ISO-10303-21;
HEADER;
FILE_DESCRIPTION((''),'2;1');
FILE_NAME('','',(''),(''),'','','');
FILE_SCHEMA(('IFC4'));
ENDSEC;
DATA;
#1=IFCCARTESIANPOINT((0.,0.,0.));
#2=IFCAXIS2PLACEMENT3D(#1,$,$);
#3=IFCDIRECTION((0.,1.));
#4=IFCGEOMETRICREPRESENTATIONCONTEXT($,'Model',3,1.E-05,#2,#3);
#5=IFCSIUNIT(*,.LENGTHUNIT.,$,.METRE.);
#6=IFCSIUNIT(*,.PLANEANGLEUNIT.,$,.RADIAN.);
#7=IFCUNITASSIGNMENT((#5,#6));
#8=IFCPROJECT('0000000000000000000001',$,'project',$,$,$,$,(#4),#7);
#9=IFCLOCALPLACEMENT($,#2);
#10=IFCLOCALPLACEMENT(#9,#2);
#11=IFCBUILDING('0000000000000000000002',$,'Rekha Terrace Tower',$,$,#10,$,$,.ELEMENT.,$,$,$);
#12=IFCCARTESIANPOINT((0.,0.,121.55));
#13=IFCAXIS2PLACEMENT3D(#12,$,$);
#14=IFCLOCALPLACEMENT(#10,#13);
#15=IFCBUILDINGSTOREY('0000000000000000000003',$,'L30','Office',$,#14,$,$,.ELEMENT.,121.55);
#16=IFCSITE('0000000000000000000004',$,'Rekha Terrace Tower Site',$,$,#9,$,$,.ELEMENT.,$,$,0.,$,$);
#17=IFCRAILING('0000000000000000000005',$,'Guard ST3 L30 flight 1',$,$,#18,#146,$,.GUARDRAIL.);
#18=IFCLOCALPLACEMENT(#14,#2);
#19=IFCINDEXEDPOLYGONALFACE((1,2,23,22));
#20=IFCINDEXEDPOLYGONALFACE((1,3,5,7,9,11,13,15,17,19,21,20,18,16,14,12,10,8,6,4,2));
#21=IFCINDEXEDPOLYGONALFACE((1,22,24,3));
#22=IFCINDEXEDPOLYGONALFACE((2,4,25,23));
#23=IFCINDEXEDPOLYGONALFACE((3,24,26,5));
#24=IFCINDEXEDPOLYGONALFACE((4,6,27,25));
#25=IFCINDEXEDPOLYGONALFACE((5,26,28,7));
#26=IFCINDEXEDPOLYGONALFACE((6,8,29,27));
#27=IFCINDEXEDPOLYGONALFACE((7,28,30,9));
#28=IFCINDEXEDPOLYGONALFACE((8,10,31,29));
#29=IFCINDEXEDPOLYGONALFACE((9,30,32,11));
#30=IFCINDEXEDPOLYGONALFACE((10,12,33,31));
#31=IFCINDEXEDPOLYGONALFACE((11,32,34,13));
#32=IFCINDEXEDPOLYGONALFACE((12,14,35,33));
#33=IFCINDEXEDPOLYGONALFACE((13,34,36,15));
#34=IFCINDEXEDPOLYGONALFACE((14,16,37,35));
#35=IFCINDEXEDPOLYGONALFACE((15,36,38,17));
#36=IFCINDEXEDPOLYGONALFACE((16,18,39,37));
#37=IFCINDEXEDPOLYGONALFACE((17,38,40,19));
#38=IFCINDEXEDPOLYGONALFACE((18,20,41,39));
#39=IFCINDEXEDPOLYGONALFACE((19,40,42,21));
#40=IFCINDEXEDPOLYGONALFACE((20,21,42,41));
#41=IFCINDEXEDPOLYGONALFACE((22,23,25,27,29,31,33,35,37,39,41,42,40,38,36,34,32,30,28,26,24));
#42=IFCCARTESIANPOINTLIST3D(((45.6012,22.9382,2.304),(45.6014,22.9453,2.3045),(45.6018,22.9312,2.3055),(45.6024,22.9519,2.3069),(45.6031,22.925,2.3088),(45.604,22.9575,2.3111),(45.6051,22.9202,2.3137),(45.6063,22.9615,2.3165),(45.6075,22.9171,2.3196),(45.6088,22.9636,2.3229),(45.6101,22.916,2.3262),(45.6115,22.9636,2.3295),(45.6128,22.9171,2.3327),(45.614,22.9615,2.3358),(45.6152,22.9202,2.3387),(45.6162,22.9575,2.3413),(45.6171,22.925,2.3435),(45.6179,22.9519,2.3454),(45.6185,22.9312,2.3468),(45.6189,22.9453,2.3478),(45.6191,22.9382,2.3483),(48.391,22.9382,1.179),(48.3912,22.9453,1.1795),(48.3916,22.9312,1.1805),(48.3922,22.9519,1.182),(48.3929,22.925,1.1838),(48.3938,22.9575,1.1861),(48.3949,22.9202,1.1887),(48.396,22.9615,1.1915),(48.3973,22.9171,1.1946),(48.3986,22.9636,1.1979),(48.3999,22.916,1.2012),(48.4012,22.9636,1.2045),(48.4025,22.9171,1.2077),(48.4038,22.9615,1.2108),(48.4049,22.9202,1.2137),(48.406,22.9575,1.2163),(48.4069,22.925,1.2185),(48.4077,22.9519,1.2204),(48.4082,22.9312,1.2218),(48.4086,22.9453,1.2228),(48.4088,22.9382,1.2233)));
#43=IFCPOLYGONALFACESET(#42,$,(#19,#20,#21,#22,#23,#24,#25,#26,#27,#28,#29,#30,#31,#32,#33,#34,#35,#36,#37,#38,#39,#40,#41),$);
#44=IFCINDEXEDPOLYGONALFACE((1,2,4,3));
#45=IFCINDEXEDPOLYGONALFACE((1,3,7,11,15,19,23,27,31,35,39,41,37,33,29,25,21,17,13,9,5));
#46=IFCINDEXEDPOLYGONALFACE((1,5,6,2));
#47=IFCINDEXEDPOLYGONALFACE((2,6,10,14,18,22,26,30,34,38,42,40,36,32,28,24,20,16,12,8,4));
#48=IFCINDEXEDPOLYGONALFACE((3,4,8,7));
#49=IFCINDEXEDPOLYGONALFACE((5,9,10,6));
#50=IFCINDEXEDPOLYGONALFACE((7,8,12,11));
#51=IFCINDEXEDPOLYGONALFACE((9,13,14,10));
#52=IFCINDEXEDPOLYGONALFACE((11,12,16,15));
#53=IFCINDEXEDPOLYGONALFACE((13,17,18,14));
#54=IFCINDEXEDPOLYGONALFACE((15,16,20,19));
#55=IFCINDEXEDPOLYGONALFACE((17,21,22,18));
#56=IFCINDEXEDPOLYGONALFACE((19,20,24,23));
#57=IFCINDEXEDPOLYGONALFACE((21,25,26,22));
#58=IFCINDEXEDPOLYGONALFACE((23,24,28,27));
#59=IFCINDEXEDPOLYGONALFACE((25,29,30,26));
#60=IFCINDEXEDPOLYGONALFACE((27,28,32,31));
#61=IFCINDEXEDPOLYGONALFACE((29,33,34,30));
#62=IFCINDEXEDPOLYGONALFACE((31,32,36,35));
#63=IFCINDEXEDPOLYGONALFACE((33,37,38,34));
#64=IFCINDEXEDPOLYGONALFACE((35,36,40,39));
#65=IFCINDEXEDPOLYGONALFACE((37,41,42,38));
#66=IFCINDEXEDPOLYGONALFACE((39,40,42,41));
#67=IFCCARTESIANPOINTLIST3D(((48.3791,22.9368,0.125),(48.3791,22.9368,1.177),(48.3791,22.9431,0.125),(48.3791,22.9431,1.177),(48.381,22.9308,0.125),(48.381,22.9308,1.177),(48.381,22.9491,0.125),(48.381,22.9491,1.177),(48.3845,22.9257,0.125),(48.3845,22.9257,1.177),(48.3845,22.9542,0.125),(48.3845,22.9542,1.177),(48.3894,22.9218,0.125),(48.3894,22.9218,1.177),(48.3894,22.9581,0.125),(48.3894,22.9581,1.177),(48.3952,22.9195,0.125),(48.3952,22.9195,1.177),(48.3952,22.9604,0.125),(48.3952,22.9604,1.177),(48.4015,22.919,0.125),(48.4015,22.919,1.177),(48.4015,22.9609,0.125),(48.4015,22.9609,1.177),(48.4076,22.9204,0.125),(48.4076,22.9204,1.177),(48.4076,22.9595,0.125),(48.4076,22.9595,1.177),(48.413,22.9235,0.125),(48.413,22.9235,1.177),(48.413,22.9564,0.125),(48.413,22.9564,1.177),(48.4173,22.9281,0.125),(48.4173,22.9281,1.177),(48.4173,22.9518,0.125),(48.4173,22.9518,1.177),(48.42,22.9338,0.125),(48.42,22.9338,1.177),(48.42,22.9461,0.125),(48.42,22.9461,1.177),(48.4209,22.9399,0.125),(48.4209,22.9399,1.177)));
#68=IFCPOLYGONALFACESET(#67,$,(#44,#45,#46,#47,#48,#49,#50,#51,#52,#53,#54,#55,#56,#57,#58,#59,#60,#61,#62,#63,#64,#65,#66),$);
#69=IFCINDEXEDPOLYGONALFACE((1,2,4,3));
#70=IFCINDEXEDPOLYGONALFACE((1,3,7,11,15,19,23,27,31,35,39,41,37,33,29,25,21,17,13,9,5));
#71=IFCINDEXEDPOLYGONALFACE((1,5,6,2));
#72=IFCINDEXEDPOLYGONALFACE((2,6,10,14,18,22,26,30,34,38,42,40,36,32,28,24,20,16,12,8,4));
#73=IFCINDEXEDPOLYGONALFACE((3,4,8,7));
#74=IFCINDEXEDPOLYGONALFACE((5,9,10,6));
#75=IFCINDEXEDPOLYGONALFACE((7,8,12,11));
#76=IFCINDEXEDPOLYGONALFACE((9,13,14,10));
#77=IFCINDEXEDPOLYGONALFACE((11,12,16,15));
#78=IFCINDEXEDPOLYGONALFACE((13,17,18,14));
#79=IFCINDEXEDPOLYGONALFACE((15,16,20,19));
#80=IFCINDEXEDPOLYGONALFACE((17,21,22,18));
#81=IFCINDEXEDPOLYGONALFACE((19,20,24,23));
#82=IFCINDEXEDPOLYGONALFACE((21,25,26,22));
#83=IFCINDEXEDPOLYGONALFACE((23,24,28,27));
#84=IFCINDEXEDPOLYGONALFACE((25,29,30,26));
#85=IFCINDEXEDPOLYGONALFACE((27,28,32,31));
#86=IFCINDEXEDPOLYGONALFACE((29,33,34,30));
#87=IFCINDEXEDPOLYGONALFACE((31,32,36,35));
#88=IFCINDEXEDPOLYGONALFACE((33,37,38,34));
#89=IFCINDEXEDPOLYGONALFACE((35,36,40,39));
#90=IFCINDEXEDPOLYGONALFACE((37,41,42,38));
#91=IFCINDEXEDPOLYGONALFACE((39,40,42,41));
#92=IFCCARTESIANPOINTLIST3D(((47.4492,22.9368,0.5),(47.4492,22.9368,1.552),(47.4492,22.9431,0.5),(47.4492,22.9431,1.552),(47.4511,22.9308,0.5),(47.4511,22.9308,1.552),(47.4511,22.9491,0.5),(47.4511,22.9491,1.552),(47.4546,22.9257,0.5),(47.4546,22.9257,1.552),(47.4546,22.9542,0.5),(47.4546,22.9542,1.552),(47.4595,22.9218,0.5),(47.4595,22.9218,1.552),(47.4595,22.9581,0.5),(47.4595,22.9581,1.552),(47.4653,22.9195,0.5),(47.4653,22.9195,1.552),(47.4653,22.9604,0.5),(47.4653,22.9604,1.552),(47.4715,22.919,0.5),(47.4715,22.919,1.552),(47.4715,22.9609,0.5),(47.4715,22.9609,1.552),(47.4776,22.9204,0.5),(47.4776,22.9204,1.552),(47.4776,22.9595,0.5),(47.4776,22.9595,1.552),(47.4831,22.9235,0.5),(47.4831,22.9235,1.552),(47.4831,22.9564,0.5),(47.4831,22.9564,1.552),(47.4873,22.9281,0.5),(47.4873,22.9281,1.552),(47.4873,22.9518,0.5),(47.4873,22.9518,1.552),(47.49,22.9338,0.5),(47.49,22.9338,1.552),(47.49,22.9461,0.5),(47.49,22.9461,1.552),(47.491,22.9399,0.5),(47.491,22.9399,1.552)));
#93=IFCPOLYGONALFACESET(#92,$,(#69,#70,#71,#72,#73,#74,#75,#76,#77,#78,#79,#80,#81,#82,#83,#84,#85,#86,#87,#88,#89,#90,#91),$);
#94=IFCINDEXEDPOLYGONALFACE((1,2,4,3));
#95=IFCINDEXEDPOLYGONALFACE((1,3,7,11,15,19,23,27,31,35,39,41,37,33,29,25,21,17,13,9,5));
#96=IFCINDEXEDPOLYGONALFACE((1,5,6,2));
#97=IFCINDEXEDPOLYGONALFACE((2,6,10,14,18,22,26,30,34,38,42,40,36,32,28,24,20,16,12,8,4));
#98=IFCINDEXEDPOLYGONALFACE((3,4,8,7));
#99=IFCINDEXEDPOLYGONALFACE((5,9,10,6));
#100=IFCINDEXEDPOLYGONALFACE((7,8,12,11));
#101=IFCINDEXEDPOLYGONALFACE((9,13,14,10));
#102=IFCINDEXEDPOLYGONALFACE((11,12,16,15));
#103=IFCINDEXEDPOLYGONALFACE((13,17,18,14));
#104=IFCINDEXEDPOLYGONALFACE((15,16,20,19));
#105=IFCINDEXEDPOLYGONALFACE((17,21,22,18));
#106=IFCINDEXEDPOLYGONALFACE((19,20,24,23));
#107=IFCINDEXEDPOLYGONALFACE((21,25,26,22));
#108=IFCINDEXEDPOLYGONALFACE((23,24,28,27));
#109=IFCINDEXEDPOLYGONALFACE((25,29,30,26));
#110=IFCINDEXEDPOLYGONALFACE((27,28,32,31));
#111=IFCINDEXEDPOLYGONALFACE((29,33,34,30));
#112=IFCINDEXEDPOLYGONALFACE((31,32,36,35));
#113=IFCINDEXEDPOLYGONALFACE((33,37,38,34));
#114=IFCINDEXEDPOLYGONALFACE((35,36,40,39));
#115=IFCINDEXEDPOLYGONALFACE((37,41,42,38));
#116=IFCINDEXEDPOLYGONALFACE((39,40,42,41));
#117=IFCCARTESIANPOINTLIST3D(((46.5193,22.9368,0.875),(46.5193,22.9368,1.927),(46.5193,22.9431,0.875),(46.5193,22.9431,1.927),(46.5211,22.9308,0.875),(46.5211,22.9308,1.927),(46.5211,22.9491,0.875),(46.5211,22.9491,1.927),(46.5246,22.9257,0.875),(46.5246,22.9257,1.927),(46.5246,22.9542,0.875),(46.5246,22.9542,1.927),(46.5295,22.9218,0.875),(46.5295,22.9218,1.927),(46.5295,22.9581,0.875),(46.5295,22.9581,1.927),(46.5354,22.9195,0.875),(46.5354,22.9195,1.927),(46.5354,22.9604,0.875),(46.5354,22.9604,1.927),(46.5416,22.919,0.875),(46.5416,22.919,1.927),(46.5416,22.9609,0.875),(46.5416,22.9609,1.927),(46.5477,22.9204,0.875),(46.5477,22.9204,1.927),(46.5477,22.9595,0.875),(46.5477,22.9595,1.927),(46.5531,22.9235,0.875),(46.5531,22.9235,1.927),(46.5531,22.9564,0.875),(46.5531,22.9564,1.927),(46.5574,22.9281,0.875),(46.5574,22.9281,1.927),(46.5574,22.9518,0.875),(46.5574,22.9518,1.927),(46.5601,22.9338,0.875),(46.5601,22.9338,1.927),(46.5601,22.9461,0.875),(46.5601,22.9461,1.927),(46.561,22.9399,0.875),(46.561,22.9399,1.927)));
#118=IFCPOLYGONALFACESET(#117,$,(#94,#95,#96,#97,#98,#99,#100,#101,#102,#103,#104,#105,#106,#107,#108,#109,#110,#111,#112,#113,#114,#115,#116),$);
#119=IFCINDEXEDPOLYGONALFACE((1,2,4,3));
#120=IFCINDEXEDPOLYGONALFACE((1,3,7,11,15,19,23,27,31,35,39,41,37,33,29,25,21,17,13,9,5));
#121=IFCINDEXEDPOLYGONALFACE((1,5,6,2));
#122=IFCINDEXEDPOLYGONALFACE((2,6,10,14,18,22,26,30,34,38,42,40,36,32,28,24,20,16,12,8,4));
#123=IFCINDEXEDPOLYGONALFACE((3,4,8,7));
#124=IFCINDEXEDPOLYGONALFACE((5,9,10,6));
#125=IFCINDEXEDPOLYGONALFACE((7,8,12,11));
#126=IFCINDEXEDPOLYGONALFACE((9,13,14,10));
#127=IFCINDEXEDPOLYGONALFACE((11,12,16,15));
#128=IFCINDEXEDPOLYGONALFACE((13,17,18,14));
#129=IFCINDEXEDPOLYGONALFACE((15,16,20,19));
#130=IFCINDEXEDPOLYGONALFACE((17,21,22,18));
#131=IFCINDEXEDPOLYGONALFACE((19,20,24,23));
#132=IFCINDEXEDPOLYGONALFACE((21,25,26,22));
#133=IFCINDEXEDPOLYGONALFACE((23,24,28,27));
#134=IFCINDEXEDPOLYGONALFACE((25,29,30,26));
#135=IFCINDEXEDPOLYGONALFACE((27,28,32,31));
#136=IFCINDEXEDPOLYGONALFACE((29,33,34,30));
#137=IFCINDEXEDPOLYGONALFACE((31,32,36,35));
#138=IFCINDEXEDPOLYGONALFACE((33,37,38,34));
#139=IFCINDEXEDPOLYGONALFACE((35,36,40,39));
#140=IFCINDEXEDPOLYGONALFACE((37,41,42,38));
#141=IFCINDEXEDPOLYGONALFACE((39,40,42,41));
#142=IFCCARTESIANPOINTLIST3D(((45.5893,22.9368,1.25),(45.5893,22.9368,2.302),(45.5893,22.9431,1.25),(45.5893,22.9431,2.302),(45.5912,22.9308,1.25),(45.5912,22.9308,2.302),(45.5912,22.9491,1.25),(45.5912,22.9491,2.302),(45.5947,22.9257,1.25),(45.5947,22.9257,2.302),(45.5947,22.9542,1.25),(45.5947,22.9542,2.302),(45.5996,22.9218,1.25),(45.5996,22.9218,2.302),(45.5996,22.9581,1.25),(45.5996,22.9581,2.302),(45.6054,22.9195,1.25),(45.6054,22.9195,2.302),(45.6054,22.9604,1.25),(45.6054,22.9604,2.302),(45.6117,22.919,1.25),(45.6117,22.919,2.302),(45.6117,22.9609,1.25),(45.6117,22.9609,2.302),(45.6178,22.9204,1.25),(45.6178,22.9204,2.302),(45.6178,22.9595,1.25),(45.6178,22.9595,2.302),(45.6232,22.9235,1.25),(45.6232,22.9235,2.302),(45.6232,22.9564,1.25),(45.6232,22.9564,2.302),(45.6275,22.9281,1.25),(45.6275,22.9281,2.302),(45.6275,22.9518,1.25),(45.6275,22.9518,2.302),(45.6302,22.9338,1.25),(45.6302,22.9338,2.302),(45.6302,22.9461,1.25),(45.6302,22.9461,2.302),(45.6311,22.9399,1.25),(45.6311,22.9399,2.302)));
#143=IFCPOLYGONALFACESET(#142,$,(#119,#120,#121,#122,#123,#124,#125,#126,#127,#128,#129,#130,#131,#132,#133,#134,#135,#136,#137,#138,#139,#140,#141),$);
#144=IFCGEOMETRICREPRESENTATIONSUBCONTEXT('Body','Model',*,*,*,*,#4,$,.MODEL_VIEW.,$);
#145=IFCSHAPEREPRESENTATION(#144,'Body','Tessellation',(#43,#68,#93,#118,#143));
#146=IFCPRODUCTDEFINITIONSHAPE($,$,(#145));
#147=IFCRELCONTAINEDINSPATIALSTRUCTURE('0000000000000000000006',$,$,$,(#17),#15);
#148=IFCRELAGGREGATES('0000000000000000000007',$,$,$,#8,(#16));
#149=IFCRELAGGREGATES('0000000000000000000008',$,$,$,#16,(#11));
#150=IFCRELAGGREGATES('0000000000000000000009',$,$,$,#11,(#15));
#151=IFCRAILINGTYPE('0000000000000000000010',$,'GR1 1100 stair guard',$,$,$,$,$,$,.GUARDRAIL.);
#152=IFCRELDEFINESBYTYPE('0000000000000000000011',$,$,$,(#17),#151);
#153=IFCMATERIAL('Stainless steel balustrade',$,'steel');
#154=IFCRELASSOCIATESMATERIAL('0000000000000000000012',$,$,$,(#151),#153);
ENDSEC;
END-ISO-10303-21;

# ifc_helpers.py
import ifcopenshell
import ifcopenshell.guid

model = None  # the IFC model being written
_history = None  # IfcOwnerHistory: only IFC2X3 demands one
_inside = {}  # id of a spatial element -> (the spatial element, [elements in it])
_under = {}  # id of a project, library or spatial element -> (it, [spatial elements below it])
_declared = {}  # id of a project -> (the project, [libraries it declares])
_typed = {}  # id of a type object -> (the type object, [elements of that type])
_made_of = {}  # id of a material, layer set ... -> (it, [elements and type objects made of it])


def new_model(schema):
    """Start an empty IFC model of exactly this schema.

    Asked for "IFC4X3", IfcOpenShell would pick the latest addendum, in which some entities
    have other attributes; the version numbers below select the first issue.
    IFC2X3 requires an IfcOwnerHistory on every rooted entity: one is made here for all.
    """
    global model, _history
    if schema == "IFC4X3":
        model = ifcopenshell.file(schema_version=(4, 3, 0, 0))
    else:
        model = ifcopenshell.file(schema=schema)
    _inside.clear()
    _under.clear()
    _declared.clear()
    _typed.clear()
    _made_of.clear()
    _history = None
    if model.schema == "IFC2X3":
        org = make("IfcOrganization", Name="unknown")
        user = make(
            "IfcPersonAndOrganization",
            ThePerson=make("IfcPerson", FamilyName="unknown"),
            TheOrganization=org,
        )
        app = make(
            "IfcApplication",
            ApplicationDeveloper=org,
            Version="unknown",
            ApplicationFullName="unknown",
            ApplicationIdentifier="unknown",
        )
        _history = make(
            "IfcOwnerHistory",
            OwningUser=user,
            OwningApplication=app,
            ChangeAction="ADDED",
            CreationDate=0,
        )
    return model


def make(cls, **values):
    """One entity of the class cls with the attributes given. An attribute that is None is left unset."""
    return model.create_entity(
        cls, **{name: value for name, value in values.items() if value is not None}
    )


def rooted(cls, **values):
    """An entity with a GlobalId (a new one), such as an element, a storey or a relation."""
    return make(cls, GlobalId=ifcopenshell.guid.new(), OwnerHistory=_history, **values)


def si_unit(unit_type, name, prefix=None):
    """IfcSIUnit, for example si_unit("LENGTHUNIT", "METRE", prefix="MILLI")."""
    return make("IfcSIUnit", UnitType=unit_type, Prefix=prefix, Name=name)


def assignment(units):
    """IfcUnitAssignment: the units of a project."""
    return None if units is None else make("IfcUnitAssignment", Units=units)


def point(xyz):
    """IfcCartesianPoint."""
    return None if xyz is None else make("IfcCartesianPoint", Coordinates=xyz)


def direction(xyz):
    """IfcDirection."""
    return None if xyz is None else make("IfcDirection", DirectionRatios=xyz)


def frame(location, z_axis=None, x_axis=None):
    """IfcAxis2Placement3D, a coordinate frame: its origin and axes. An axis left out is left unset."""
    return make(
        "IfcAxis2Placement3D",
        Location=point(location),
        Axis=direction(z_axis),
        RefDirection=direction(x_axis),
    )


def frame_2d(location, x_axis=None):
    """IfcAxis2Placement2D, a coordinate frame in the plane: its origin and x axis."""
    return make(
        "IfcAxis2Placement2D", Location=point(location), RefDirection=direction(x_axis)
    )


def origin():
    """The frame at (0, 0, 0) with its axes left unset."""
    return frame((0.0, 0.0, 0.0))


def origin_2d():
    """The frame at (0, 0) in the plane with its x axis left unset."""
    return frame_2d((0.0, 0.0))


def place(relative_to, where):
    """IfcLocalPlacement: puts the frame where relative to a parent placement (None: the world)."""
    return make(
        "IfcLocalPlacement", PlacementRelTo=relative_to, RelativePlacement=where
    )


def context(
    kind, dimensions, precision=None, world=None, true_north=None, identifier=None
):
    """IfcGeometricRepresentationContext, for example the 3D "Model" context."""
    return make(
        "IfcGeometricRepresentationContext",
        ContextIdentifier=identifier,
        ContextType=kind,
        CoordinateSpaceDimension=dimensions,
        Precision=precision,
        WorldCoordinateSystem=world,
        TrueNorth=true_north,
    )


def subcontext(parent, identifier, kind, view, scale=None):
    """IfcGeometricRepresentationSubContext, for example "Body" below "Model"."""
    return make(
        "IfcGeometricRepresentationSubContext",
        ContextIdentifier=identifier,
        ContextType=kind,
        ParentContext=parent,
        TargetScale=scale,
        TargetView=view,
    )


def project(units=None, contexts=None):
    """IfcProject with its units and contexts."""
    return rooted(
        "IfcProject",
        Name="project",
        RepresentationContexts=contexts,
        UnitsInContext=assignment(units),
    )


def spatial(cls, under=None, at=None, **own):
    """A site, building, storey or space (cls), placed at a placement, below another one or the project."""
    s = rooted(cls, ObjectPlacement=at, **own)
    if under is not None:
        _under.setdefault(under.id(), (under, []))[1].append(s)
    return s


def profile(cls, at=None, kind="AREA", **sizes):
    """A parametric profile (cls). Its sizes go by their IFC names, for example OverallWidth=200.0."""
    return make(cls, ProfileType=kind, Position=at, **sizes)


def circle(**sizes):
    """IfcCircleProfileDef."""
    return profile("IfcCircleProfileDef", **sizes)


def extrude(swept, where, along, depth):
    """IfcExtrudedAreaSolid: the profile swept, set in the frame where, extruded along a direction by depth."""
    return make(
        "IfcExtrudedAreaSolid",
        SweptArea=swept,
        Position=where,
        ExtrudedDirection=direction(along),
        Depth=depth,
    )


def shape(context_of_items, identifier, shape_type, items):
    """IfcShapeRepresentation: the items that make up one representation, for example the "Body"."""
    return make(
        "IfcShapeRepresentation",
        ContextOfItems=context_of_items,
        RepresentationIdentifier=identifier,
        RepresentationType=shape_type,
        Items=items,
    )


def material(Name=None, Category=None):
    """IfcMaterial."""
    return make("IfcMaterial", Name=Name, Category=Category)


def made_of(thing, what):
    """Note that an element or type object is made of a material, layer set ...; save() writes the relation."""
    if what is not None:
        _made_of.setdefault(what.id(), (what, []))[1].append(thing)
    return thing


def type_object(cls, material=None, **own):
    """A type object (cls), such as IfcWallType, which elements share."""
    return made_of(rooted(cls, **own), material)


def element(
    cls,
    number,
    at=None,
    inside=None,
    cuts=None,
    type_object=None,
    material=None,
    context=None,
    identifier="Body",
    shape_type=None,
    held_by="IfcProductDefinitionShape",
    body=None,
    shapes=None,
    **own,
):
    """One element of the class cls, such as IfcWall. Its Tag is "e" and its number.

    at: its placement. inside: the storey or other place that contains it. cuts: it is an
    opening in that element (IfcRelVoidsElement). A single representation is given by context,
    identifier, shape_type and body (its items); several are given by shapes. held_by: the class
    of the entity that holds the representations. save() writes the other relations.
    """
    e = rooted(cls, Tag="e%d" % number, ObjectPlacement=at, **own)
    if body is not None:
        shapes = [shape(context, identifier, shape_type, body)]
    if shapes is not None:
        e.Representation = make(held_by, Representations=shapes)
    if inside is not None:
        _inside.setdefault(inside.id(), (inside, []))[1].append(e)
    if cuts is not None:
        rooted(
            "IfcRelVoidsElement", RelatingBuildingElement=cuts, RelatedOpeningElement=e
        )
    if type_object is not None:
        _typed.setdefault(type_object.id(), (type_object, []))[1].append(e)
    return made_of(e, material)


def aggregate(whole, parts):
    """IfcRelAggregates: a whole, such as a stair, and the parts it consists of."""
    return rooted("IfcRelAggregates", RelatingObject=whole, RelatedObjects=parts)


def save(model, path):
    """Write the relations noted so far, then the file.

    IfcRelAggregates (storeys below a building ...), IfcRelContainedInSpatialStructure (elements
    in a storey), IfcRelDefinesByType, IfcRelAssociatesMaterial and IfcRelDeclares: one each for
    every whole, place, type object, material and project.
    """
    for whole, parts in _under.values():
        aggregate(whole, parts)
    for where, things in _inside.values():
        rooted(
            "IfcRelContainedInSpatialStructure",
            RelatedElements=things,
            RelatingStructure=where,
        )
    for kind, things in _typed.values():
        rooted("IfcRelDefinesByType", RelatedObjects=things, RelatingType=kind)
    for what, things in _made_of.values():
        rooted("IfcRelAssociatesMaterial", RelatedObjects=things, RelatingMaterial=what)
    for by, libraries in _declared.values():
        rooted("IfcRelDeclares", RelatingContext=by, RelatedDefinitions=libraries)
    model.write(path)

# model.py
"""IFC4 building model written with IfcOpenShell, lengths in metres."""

from ifc_helpers import new_model, si_unit, direction, frame, origin, origin_2d, place, context, subcontext, project, spatial, circle, extrude, material, type_object, element, save


model = new_model("IFC4")

# Units and contexts
model_context = context("Model", 3, precision=1e-05, world=origin(), true_north=direction((0.0, 1.0)))
body_context = subcontext(model_context, "Body", "Model", "MODEL_VIEW")
ifc_project = project(units=[si_unit("LENGTHUNIT", "METRE"), si_unit("PLANEANGLEUNIT", "RADIAN")], contexts=[model_context])

# Site, building, storey
site_placement = place(None, origin())
site = spatial("IfcSite", under=ifc_project, at=site_placement, Name="Rekha Terrace Tower Site", CompositionType="ELEMENT", RefElevation=0.0)
building_placement = place(site_placement, origin())
building = spatial("IfcBuilding", under=site, at=building_placement, Name="Rekha Terrace Tower", CompositionType="ELEMENT")
storey_placement = place(building_placement, frame((0.0, 0.0, 121.55)))
storey = spatial("IfcBuildingStorey", under=building, at=storey_placement, Name="L30", Description="Office", CompositionType="ELEMENT", Elevation=121.55)

# Railing
ifc_material_1 = material(Name="Stainless steel balustrade", Category="steel")
railing_type_1 = type_object("IfcRailingType", Name="GR1 1100 stair guard", PredefinedType="GUARDRAIL", material=ifc_material_1)
railing_1_placement = place(storey_placement, frame((48.3999, 22.9399, 0.125)))
element("IfcRailing", 1, at=railing_1_placement, inside=storey, type_object=railing_type_1, Name="Guard ST3 L30 flight 1", PredefinedType="GUARDRAIL", context=body_context, shape_type="SweptSolid", body=[
    extrude(circle(Radius=0.0239, at=origin_2d()), frame((0.0, 0.0, 1.0762), z_axis=(-0.927432, 0.0, 0.373992), x_axis=(0.0, -1.0, 0.0)), (0.0, 0.0, 1.0), 3.0081),
    extrude(circle(Radius=0.021, at=origin_2d()), origin(), (0.0, 0.0, 1.0), 1.052),
    extrude(circle(Radius=0.021, at=origin_2d()), frame((-0.9299, 0.0, 0.375)), (0.0, 0.0, 1.0), 1.052),
    extrude(circle(Radius=0.021, at=origin_2d()), frame((-1.8599, 0.0, 0.75)), (0.0, 0.0, 1.0), 1.052),
    extrude(circle(Radius=0.021, at=origin_2d()), frame((-2.7898, 0.0, 1.125)), (0.0, 0.0, 1.0), 1.052),
])

save(model, "model.ifc")
